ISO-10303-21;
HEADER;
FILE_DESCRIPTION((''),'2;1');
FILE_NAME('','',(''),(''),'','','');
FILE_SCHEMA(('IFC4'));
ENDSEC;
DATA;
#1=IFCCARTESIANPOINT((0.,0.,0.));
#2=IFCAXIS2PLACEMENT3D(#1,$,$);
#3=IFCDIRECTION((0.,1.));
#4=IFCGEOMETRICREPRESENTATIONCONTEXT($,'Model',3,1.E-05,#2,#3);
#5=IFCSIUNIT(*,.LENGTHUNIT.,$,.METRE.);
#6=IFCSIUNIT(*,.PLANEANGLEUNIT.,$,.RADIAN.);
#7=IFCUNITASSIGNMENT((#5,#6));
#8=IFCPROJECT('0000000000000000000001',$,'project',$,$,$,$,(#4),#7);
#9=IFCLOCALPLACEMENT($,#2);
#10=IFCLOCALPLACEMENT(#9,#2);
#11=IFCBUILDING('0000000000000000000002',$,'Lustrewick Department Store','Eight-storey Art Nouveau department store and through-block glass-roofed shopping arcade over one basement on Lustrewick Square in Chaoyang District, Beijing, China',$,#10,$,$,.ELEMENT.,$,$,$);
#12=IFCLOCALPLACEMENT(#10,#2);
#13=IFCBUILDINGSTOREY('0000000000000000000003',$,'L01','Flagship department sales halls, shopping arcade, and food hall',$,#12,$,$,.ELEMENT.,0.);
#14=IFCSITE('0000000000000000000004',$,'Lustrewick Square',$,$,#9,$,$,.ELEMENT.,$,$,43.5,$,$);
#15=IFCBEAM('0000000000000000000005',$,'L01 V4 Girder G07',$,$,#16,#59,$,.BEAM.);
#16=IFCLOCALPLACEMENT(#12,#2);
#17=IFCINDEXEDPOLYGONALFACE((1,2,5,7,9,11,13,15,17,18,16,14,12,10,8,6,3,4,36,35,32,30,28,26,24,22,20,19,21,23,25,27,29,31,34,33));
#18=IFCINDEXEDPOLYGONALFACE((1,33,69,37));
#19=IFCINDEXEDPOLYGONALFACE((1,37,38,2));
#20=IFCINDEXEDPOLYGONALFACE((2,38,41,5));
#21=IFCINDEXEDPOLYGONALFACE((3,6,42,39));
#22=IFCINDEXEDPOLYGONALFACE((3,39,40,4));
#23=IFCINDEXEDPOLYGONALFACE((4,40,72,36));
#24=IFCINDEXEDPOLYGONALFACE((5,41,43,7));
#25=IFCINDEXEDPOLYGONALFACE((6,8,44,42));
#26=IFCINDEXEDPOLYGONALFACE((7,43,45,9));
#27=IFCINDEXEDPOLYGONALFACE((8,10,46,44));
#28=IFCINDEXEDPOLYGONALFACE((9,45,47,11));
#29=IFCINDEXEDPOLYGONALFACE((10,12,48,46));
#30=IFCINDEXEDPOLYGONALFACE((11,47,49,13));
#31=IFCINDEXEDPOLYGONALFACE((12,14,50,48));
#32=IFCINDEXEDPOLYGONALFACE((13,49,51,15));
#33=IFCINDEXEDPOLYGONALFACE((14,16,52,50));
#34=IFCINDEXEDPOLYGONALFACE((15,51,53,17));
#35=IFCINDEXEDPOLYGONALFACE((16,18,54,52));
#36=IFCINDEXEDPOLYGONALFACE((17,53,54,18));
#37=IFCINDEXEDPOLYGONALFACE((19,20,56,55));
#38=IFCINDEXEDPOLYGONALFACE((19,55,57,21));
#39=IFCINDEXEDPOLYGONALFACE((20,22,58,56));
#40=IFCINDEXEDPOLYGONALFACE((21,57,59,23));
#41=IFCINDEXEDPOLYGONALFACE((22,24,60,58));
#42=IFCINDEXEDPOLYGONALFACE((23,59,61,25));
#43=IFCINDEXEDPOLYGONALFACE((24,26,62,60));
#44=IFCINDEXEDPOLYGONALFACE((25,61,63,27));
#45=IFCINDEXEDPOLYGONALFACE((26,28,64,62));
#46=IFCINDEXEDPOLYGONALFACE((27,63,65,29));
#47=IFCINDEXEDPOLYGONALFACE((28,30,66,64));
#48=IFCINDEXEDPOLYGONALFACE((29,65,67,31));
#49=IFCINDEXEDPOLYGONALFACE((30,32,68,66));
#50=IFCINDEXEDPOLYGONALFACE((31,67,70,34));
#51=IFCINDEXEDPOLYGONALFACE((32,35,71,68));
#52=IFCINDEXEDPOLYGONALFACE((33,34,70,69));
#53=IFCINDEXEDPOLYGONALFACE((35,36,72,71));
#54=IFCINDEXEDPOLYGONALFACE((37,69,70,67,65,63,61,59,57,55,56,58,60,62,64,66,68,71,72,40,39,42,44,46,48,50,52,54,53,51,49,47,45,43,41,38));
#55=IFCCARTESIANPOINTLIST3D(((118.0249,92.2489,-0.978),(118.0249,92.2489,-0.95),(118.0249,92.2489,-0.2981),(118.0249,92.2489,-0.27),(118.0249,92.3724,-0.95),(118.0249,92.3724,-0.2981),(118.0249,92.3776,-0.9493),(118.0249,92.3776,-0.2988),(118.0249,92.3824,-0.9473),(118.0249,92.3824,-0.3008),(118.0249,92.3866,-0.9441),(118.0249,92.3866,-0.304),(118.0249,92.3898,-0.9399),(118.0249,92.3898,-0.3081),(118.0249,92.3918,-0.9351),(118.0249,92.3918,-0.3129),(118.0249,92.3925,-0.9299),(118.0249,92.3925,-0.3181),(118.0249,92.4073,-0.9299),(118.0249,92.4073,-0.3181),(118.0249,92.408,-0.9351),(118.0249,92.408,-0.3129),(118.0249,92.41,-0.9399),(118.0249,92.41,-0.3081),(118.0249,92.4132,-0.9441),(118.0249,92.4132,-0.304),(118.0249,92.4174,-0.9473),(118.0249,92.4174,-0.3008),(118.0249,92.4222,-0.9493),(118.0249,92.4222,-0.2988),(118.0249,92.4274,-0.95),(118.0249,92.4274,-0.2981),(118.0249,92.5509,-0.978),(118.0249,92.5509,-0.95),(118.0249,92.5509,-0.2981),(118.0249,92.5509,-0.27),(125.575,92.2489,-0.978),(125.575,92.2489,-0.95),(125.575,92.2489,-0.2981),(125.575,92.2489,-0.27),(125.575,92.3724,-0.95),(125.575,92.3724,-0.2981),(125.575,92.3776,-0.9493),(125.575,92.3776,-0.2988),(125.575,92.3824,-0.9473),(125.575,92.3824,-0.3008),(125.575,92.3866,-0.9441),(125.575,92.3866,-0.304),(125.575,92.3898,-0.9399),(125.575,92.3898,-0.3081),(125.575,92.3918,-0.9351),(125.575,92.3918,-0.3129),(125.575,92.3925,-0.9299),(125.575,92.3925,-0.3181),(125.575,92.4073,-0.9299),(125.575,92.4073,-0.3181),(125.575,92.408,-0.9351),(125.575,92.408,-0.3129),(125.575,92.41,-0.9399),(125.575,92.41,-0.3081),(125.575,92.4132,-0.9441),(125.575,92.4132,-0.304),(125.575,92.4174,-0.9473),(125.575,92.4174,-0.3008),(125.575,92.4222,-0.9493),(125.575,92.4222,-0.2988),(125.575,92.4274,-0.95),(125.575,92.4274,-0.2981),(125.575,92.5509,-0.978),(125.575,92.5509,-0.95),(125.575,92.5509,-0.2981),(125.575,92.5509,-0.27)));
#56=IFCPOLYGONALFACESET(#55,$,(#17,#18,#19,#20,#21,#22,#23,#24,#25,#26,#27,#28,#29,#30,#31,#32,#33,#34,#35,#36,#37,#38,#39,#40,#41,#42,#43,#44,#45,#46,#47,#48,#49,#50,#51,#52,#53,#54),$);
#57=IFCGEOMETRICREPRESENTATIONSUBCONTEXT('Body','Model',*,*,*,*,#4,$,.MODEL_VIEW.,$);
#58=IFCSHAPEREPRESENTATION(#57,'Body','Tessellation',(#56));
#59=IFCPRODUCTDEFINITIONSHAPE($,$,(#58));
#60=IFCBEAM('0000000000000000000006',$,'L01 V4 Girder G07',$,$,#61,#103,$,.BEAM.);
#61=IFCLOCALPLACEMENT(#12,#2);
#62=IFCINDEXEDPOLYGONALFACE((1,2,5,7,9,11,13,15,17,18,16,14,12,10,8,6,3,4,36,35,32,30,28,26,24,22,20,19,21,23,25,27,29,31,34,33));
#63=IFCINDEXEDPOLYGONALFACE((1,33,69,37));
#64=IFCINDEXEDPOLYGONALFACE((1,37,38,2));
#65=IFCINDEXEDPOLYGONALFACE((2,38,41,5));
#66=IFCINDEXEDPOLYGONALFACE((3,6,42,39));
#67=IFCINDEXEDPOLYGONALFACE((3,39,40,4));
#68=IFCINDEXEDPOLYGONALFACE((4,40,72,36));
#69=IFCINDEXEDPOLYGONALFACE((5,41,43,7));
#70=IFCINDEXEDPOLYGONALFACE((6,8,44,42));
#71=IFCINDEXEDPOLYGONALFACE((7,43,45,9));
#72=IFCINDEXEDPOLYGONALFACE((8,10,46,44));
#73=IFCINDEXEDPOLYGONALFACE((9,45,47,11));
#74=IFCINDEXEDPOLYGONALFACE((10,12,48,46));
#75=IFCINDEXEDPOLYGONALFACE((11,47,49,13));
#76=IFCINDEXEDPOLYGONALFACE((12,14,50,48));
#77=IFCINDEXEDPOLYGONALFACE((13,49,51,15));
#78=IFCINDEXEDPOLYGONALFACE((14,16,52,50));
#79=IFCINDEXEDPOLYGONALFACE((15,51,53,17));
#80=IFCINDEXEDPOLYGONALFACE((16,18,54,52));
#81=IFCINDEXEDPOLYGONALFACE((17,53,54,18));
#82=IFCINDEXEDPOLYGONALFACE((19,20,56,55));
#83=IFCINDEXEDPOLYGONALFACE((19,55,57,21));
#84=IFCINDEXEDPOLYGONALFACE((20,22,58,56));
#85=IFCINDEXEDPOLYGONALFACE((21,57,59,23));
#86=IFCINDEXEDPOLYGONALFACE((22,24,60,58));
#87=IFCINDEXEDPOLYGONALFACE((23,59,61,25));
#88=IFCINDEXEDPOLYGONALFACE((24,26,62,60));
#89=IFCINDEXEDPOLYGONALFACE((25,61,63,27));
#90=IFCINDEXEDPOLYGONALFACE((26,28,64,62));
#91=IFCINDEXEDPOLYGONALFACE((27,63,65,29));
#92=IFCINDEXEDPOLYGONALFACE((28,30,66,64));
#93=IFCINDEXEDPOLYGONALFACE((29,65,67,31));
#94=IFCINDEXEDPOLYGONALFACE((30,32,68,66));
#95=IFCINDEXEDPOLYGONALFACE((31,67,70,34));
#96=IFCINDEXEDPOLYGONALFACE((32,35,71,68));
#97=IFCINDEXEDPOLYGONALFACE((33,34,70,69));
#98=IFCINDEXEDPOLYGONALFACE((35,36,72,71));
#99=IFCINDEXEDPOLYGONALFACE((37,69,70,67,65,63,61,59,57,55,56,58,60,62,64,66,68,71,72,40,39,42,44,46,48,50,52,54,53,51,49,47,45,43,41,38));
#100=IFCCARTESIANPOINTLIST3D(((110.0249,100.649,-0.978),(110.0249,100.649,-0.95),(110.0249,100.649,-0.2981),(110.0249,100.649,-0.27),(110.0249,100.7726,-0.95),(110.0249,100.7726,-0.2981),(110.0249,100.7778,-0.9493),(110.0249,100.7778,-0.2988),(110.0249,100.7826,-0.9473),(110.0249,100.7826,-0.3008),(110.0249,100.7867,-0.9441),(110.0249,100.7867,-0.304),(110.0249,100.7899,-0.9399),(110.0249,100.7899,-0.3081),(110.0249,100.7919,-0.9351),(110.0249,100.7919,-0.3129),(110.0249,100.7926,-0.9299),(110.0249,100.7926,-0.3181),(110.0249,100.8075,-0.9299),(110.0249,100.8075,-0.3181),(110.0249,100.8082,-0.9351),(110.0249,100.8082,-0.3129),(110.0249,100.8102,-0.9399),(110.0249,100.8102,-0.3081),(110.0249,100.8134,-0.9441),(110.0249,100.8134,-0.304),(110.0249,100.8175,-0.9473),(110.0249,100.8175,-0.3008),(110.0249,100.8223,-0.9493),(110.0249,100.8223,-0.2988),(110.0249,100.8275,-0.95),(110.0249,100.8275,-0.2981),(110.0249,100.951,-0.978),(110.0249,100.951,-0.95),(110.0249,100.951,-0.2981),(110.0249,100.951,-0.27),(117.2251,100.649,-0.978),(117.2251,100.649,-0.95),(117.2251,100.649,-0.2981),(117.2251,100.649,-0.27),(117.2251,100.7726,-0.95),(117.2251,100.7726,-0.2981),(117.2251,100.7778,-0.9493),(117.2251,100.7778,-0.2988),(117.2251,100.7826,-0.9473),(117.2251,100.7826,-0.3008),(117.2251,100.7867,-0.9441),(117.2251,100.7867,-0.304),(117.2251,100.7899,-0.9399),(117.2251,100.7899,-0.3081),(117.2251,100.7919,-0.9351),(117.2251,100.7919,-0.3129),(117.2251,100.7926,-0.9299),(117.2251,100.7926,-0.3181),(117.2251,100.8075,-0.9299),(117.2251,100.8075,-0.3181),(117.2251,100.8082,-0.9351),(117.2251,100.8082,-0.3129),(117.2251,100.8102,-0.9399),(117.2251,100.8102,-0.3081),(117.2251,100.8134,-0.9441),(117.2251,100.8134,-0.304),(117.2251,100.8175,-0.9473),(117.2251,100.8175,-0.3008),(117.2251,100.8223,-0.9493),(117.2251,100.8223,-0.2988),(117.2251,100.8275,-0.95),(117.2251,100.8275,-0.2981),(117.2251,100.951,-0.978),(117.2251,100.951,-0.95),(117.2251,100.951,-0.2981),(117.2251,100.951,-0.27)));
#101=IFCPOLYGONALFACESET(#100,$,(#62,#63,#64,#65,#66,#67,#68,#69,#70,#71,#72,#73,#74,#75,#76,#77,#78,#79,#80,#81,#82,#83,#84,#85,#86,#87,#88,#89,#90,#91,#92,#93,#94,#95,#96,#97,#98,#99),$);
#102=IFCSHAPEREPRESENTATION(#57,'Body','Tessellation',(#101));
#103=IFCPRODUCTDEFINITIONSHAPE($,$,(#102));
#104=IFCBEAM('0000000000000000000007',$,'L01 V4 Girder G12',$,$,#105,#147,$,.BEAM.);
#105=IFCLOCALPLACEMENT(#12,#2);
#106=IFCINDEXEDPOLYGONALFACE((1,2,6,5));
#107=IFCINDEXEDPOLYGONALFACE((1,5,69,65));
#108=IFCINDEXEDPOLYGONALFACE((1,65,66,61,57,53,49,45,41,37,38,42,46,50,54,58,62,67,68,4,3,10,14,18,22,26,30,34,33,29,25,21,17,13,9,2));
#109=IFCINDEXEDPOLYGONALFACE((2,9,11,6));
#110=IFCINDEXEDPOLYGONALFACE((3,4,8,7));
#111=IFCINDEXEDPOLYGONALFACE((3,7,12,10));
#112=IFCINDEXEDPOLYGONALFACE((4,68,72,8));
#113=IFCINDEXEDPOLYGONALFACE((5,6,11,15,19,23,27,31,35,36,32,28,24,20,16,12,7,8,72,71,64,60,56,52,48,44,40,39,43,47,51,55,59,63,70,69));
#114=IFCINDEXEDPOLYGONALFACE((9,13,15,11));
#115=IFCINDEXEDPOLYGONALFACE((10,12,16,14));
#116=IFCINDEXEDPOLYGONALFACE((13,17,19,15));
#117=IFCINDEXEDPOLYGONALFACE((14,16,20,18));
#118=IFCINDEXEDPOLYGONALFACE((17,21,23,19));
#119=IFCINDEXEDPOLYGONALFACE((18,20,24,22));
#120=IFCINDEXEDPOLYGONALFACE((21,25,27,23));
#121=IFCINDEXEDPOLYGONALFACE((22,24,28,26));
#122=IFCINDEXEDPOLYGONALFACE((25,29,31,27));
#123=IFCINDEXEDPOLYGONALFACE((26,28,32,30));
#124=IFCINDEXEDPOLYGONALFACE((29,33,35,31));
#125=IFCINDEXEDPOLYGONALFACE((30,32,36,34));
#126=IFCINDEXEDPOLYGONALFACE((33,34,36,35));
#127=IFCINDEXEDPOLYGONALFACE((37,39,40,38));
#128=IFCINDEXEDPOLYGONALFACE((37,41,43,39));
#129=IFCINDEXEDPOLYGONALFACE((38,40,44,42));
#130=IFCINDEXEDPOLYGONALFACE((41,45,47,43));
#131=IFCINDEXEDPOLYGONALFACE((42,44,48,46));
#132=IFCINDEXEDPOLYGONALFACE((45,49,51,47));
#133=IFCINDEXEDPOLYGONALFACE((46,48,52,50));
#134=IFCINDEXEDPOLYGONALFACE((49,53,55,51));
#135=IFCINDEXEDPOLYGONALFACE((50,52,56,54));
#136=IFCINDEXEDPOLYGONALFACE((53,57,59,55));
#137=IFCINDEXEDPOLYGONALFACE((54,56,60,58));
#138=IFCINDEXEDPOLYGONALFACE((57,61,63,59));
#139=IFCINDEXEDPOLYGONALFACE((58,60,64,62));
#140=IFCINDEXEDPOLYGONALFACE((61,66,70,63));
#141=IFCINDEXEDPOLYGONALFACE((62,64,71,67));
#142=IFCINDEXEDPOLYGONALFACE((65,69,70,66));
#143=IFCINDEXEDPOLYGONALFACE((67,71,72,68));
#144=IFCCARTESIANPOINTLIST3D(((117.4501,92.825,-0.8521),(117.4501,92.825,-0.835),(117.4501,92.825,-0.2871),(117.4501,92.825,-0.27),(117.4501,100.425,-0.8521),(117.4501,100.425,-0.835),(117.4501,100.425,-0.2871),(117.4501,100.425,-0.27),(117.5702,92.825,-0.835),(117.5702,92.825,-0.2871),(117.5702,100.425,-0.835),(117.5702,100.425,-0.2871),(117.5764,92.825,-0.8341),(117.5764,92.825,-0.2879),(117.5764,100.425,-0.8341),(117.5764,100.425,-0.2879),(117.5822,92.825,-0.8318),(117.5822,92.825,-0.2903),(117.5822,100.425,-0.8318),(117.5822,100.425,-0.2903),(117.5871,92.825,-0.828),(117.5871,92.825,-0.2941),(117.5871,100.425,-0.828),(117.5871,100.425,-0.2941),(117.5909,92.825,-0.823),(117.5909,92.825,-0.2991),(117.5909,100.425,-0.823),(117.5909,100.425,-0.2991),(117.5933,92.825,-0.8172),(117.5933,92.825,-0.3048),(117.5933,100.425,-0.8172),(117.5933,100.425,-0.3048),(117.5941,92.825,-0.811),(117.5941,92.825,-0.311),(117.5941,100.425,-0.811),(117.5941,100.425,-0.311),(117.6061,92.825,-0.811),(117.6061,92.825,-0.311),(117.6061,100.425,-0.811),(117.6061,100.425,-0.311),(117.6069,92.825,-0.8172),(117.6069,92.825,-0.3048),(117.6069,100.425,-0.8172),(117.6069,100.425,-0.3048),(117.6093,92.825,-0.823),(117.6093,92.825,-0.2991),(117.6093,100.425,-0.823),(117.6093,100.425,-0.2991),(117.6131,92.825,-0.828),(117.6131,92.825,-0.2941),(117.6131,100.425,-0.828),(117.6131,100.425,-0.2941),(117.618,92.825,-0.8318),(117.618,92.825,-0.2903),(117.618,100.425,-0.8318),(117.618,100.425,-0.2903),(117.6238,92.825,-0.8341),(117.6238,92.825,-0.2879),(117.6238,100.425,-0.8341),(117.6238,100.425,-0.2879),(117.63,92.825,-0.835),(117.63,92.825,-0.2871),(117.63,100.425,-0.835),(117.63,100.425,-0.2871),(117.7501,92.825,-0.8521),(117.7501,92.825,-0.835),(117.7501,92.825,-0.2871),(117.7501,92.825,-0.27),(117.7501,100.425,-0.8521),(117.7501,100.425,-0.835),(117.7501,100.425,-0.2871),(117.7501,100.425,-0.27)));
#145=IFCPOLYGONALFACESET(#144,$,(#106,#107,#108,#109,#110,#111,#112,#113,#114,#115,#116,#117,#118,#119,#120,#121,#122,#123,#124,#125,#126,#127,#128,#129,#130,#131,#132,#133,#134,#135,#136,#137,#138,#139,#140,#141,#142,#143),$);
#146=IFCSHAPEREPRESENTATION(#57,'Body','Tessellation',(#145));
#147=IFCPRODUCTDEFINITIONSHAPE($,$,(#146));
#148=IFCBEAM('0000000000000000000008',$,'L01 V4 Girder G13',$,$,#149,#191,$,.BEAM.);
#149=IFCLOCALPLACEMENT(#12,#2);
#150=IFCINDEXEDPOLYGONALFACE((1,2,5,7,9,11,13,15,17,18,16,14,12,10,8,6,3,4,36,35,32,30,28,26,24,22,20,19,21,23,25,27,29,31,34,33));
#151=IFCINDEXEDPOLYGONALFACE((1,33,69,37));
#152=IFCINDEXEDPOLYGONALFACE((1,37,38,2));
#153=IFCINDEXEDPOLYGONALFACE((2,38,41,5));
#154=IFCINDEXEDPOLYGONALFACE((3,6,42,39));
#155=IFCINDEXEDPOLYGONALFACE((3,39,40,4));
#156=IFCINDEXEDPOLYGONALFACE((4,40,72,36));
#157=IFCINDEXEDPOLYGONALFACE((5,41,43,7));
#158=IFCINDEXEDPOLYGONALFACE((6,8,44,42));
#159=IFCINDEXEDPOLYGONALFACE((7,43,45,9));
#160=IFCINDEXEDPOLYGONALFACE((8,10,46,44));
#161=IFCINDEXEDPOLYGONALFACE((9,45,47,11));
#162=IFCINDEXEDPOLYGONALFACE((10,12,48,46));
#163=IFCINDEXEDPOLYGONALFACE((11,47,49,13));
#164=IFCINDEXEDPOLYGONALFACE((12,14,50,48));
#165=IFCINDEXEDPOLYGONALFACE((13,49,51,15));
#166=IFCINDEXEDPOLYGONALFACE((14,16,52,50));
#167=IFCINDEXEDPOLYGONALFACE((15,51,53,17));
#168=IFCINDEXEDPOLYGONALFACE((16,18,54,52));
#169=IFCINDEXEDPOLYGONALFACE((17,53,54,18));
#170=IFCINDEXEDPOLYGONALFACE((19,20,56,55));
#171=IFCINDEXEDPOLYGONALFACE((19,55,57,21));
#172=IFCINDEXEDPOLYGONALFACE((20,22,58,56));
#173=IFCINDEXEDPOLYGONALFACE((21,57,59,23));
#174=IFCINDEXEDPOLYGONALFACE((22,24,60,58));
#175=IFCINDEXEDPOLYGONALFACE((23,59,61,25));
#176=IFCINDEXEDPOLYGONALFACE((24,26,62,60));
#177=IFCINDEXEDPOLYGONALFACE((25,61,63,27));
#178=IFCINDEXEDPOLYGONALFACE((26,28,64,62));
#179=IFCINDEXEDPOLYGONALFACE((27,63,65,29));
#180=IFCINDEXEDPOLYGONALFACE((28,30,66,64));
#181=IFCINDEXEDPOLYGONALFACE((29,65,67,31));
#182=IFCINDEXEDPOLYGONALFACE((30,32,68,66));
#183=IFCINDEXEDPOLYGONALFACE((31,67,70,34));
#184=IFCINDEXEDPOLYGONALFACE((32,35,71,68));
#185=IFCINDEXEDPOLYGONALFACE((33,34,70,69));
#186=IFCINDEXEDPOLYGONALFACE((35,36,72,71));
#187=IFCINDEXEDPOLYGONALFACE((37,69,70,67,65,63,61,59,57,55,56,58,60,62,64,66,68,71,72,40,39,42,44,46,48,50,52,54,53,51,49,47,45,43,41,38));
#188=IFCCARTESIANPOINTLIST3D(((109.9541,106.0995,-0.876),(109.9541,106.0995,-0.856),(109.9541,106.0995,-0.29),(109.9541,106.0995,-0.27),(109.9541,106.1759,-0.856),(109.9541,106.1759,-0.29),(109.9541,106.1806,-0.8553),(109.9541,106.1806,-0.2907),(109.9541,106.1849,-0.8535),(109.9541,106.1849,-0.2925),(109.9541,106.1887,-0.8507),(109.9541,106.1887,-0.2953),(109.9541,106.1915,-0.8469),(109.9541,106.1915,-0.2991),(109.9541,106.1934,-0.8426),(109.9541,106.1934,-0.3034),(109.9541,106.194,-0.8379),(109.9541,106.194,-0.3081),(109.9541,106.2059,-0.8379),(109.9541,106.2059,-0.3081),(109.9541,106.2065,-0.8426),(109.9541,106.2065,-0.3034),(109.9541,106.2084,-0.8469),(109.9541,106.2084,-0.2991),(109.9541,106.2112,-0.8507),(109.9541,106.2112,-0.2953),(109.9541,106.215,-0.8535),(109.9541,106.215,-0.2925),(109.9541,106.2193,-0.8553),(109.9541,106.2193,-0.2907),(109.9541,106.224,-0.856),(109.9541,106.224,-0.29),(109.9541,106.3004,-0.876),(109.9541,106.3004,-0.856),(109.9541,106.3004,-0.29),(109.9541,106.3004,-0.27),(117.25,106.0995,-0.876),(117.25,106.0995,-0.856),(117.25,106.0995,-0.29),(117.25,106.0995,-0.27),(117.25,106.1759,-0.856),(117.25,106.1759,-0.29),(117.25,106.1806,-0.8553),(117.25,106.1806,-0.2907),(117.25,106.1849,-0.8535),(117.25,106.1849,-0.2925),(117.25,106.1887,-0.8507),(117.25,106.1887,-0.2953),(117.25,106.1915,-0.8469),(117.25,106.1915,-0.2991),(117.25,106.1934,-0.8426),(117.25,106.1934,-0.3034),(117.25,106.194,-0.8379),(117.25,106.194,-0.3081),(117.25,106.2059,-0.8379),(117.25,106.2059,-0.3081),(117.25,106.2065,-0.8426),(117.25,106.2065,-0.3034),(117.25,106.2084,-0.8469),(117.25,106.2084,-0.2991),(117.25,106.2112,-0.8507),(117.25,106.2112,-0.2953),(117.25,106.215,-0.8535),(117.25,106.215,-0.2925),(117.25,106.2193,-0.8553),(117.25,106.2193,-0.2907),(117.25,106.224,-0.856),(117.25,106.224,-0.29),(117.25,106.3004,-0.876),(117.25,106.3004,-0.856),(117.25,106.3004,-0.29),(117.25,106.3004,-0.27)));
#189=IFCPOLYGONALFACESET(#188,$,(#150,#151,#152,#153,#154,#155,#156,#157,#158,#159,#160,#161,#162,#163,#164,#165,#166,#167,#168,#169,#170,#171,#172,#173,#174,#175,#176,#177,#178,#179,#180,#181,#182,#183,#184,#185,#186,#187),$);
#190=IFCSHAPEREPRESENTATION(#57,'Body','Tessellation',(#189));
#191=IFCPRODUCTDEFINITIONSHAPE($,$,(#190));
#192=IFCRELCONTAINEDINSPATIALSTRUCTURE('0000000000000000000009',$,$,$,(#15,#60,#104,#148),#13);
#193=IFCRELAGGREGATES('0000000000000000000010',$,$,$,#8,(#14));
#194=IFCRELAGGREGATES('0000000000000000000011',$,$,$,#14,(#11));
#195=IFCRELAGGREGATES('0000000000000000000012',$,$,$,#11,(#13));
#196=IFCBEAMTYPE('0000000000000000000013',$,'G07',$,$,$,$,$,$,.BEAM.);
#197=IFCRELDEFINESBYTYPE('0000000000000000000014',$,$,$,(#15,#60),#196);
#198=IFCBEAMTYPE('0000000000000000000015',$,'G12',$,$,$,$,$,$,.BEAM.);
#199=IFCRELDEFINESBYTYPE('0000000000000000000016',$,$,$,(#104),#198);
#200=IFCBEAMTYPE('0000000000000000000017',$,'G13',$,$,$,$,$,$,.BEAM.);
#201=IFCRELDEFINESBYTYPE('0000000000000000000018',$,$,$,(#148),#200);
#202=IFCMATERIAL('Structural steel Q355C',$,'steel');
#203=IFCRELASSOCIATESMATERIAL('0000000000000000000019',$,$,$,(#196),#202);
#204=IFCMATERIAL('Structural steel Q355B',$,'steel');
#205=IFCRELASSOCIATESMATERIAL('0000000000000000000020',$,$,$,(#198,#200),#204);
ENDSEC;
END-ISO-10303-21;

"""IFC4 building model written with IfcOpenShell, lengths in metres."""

from ifc_helpers import new_model, si_unit, direction, frame, origin, origin_2d, place, context, subcontext, project, spatial, i_section, extrude, material, material_profile, profile_set, type_object, element, save


model = new_model("IFC4")

# Units and contexts
model_context = context("Model", 3, precision=1e-05, world=origin(), true_north=direction((0.0, 1.0)))
body_context = subcontext(model_context, "Body", "Model", "MODEL_VIEW")
ifc_project = project(units=[si_unit("LENGTHUNIT", "METRE"), si_unit("PLANEANGLEUNIT", "RADIAN")], contexts=[model_context])

# Site, building, storey
site_placement = place(None, origin())
site = spatial("IfcSite", under=ifc_project, at=site_placement, Name="Lustrewick Square", CompositionType="ELEMENT", RefElevation=43.5)
building_placement = place(site_placement, origin())
building = spatial("IfcBuilding", under=site, at=building_placement, Name="Lustrewick Department Store", Description="Eight-storey Art Nouveau department store and through-block glass-roofed shopping arcade over one basement on Lustrewick Square in Chaoyang District, Beijing, China", CompositionType="ELEMENT")
storey_placement = place(building_placement, origin())
storey = spatial("IfcBuildingStorey", under=building, at=storey_placement, Name="L01", Description="Flagship department sales halls, shopping arcade, and food hall", CompositionType="ELEMENT", Elevation=0.0)

# Shared definitions
ifc_material_1 = material(Name="Structural steel Q355C", Category="steel")
ifc_material_2 = material(Name="Structural steel Q355B", Category="steel")

# Beams
ifc_material_profile_1 = material_profile(ifc_material_1, i_section(OverallWidth=0.302, OverallDepth=0.708, WebThickness=0.0149, FlangeThickness=0.0281, FilletRadius=0.02, at=origin_2d()), Name="HN 708x302x15x28")
ifc_profile_set_1 = profile_set([ifc_material_profile_1], Name="Structural steel Q355C")
beam_type_1 = type_object("IfcBeamType", Name="G07", PredefinedType="BEAM", material=ifc_profile_set_1)
beam_1_placement = place(storey_placement, frame((118.0249, 92.3999, -0.624), z_axis=(1.0, 0.0, 0.0), x_axis=(0.0, 1.0, 0.0)))
element("IfcBeam", 1, at=beam_1_placement, inside=storey, type_object=beam_type_1, Name="L01 V4 Girder G07", PredefinedType="BEAM", context=body_context, shape_type="SweptSolid", body=[
    extrude(i_section(OverallWidth=0.302, OverallDepth=0.708, WebThickness=0.0149, FlangeThickness=0.0281, FilletRadius=0.02, at=origin_2d()), origin(), (0.0, 0.0, 1.0), 7.55),
])
beam_2_placement = place(storey_placement, frame((110.0249, 100.8, -0.624), z_axis=(1.0, 0.0, 0.0), x_axis=(0.0, 1.0, 0.0)))
element("IfcBeam", 2, at=beam_2_placement, inside=storey, type_object=beam_type_1, Name="L01 V4 Girder G07", PredefinedType="BEAM", context=body_context, shape_type="SweptSolid", body=[
    extrude(i_section(OverallWidth=0.302, OverallDepth=0.708, WebThickness=0.0149, FlangeThickness=0.0281, FilletRadius=0.02, at=origin_2d()), origin(), (0.0, 0.0, 1.0), 7.2002),
])
ifc_material_profile_2 = material_profile(ifc_material_2, i_section(OverallWidth=0.3, OverallDepth=0.582, WebThickness=0.012, FlangeThickness=0.0171, FilletRadius=0.0239, at=origin_2d()), Name="HM 582x300x12x17")
ifc_profile_set_2 = profile_set([ifc_material_profile_2], Name="Structural steel Q355B")
beam_type_2 = type_object("IfcBeamType", Name="G12", PredefinedType="BEAM", material=ifc_profile_set_2)
beam_3_placement = place(storey_placement, frame((117.6001, 92.825, -0.561), z_axis=(0.0, 1.0, 0.0), x_axis=(-1.0, 0.0, 0.0)))
element("IfcBeam", 3, at=beam_3_placement, inside=storey, type_object=beam_type_2, Name="L01 V4 Girder G12", PredefinedType="BEAM", context=body_context, shape_type="SweptSolid", body=[
    extrude(i_section(OverallWidth=0.3, OverallDepth=0.582, WebThickness=0.012, FlangeThickness=0.0171, FilletRadius=0.0239, at=origin_2d()), origin(), (0.0, 0.0, 1.0), 7.6001),
])
ifc_material_profile_3 = material_profile(ifc_material_2, i_section(OverallWidth=0.2009, OverallDepth=0.606, WebThickness=0.012, FlangeThickness=0.02, FilletRadius=0.0181, at=origin_2d()), Name="HN 606x201x12x20")
ifc_profile_set_3 = profile_set([ifc_material_profile_3], Name="Structural steel Q355B")
beam_type_3 = type_object("IfcBeamType", Name="G13", PredefinedType="BEAM", material=ifc_profile_set_3)
beam_4_placement = place(storey_placement, frame((109.9541, 106.2, -0.573), z_axis=(1.0, 0.0, 0.0), x_axis=(0.0, 1.0, 0.0)))
element("IfcBeam", 4, at=beam_4_placement, inside=storey, type_object=beam_type_3, Name="L01 V4 Girder G13", PredefinedType="BEAM", context=body_context, shape_type="SweptSolid", body=[
    extrude(i_section(OverallWidth=0.2009, OverallDepth=0.606, WebThickness=0.012, FlangeThickness=0.02, FilletRadius=0.0181, at=origin_2d()), origin(), (0.0, 0.0, 1.0), 7.2959),
])

save(model, "model.ifc")
